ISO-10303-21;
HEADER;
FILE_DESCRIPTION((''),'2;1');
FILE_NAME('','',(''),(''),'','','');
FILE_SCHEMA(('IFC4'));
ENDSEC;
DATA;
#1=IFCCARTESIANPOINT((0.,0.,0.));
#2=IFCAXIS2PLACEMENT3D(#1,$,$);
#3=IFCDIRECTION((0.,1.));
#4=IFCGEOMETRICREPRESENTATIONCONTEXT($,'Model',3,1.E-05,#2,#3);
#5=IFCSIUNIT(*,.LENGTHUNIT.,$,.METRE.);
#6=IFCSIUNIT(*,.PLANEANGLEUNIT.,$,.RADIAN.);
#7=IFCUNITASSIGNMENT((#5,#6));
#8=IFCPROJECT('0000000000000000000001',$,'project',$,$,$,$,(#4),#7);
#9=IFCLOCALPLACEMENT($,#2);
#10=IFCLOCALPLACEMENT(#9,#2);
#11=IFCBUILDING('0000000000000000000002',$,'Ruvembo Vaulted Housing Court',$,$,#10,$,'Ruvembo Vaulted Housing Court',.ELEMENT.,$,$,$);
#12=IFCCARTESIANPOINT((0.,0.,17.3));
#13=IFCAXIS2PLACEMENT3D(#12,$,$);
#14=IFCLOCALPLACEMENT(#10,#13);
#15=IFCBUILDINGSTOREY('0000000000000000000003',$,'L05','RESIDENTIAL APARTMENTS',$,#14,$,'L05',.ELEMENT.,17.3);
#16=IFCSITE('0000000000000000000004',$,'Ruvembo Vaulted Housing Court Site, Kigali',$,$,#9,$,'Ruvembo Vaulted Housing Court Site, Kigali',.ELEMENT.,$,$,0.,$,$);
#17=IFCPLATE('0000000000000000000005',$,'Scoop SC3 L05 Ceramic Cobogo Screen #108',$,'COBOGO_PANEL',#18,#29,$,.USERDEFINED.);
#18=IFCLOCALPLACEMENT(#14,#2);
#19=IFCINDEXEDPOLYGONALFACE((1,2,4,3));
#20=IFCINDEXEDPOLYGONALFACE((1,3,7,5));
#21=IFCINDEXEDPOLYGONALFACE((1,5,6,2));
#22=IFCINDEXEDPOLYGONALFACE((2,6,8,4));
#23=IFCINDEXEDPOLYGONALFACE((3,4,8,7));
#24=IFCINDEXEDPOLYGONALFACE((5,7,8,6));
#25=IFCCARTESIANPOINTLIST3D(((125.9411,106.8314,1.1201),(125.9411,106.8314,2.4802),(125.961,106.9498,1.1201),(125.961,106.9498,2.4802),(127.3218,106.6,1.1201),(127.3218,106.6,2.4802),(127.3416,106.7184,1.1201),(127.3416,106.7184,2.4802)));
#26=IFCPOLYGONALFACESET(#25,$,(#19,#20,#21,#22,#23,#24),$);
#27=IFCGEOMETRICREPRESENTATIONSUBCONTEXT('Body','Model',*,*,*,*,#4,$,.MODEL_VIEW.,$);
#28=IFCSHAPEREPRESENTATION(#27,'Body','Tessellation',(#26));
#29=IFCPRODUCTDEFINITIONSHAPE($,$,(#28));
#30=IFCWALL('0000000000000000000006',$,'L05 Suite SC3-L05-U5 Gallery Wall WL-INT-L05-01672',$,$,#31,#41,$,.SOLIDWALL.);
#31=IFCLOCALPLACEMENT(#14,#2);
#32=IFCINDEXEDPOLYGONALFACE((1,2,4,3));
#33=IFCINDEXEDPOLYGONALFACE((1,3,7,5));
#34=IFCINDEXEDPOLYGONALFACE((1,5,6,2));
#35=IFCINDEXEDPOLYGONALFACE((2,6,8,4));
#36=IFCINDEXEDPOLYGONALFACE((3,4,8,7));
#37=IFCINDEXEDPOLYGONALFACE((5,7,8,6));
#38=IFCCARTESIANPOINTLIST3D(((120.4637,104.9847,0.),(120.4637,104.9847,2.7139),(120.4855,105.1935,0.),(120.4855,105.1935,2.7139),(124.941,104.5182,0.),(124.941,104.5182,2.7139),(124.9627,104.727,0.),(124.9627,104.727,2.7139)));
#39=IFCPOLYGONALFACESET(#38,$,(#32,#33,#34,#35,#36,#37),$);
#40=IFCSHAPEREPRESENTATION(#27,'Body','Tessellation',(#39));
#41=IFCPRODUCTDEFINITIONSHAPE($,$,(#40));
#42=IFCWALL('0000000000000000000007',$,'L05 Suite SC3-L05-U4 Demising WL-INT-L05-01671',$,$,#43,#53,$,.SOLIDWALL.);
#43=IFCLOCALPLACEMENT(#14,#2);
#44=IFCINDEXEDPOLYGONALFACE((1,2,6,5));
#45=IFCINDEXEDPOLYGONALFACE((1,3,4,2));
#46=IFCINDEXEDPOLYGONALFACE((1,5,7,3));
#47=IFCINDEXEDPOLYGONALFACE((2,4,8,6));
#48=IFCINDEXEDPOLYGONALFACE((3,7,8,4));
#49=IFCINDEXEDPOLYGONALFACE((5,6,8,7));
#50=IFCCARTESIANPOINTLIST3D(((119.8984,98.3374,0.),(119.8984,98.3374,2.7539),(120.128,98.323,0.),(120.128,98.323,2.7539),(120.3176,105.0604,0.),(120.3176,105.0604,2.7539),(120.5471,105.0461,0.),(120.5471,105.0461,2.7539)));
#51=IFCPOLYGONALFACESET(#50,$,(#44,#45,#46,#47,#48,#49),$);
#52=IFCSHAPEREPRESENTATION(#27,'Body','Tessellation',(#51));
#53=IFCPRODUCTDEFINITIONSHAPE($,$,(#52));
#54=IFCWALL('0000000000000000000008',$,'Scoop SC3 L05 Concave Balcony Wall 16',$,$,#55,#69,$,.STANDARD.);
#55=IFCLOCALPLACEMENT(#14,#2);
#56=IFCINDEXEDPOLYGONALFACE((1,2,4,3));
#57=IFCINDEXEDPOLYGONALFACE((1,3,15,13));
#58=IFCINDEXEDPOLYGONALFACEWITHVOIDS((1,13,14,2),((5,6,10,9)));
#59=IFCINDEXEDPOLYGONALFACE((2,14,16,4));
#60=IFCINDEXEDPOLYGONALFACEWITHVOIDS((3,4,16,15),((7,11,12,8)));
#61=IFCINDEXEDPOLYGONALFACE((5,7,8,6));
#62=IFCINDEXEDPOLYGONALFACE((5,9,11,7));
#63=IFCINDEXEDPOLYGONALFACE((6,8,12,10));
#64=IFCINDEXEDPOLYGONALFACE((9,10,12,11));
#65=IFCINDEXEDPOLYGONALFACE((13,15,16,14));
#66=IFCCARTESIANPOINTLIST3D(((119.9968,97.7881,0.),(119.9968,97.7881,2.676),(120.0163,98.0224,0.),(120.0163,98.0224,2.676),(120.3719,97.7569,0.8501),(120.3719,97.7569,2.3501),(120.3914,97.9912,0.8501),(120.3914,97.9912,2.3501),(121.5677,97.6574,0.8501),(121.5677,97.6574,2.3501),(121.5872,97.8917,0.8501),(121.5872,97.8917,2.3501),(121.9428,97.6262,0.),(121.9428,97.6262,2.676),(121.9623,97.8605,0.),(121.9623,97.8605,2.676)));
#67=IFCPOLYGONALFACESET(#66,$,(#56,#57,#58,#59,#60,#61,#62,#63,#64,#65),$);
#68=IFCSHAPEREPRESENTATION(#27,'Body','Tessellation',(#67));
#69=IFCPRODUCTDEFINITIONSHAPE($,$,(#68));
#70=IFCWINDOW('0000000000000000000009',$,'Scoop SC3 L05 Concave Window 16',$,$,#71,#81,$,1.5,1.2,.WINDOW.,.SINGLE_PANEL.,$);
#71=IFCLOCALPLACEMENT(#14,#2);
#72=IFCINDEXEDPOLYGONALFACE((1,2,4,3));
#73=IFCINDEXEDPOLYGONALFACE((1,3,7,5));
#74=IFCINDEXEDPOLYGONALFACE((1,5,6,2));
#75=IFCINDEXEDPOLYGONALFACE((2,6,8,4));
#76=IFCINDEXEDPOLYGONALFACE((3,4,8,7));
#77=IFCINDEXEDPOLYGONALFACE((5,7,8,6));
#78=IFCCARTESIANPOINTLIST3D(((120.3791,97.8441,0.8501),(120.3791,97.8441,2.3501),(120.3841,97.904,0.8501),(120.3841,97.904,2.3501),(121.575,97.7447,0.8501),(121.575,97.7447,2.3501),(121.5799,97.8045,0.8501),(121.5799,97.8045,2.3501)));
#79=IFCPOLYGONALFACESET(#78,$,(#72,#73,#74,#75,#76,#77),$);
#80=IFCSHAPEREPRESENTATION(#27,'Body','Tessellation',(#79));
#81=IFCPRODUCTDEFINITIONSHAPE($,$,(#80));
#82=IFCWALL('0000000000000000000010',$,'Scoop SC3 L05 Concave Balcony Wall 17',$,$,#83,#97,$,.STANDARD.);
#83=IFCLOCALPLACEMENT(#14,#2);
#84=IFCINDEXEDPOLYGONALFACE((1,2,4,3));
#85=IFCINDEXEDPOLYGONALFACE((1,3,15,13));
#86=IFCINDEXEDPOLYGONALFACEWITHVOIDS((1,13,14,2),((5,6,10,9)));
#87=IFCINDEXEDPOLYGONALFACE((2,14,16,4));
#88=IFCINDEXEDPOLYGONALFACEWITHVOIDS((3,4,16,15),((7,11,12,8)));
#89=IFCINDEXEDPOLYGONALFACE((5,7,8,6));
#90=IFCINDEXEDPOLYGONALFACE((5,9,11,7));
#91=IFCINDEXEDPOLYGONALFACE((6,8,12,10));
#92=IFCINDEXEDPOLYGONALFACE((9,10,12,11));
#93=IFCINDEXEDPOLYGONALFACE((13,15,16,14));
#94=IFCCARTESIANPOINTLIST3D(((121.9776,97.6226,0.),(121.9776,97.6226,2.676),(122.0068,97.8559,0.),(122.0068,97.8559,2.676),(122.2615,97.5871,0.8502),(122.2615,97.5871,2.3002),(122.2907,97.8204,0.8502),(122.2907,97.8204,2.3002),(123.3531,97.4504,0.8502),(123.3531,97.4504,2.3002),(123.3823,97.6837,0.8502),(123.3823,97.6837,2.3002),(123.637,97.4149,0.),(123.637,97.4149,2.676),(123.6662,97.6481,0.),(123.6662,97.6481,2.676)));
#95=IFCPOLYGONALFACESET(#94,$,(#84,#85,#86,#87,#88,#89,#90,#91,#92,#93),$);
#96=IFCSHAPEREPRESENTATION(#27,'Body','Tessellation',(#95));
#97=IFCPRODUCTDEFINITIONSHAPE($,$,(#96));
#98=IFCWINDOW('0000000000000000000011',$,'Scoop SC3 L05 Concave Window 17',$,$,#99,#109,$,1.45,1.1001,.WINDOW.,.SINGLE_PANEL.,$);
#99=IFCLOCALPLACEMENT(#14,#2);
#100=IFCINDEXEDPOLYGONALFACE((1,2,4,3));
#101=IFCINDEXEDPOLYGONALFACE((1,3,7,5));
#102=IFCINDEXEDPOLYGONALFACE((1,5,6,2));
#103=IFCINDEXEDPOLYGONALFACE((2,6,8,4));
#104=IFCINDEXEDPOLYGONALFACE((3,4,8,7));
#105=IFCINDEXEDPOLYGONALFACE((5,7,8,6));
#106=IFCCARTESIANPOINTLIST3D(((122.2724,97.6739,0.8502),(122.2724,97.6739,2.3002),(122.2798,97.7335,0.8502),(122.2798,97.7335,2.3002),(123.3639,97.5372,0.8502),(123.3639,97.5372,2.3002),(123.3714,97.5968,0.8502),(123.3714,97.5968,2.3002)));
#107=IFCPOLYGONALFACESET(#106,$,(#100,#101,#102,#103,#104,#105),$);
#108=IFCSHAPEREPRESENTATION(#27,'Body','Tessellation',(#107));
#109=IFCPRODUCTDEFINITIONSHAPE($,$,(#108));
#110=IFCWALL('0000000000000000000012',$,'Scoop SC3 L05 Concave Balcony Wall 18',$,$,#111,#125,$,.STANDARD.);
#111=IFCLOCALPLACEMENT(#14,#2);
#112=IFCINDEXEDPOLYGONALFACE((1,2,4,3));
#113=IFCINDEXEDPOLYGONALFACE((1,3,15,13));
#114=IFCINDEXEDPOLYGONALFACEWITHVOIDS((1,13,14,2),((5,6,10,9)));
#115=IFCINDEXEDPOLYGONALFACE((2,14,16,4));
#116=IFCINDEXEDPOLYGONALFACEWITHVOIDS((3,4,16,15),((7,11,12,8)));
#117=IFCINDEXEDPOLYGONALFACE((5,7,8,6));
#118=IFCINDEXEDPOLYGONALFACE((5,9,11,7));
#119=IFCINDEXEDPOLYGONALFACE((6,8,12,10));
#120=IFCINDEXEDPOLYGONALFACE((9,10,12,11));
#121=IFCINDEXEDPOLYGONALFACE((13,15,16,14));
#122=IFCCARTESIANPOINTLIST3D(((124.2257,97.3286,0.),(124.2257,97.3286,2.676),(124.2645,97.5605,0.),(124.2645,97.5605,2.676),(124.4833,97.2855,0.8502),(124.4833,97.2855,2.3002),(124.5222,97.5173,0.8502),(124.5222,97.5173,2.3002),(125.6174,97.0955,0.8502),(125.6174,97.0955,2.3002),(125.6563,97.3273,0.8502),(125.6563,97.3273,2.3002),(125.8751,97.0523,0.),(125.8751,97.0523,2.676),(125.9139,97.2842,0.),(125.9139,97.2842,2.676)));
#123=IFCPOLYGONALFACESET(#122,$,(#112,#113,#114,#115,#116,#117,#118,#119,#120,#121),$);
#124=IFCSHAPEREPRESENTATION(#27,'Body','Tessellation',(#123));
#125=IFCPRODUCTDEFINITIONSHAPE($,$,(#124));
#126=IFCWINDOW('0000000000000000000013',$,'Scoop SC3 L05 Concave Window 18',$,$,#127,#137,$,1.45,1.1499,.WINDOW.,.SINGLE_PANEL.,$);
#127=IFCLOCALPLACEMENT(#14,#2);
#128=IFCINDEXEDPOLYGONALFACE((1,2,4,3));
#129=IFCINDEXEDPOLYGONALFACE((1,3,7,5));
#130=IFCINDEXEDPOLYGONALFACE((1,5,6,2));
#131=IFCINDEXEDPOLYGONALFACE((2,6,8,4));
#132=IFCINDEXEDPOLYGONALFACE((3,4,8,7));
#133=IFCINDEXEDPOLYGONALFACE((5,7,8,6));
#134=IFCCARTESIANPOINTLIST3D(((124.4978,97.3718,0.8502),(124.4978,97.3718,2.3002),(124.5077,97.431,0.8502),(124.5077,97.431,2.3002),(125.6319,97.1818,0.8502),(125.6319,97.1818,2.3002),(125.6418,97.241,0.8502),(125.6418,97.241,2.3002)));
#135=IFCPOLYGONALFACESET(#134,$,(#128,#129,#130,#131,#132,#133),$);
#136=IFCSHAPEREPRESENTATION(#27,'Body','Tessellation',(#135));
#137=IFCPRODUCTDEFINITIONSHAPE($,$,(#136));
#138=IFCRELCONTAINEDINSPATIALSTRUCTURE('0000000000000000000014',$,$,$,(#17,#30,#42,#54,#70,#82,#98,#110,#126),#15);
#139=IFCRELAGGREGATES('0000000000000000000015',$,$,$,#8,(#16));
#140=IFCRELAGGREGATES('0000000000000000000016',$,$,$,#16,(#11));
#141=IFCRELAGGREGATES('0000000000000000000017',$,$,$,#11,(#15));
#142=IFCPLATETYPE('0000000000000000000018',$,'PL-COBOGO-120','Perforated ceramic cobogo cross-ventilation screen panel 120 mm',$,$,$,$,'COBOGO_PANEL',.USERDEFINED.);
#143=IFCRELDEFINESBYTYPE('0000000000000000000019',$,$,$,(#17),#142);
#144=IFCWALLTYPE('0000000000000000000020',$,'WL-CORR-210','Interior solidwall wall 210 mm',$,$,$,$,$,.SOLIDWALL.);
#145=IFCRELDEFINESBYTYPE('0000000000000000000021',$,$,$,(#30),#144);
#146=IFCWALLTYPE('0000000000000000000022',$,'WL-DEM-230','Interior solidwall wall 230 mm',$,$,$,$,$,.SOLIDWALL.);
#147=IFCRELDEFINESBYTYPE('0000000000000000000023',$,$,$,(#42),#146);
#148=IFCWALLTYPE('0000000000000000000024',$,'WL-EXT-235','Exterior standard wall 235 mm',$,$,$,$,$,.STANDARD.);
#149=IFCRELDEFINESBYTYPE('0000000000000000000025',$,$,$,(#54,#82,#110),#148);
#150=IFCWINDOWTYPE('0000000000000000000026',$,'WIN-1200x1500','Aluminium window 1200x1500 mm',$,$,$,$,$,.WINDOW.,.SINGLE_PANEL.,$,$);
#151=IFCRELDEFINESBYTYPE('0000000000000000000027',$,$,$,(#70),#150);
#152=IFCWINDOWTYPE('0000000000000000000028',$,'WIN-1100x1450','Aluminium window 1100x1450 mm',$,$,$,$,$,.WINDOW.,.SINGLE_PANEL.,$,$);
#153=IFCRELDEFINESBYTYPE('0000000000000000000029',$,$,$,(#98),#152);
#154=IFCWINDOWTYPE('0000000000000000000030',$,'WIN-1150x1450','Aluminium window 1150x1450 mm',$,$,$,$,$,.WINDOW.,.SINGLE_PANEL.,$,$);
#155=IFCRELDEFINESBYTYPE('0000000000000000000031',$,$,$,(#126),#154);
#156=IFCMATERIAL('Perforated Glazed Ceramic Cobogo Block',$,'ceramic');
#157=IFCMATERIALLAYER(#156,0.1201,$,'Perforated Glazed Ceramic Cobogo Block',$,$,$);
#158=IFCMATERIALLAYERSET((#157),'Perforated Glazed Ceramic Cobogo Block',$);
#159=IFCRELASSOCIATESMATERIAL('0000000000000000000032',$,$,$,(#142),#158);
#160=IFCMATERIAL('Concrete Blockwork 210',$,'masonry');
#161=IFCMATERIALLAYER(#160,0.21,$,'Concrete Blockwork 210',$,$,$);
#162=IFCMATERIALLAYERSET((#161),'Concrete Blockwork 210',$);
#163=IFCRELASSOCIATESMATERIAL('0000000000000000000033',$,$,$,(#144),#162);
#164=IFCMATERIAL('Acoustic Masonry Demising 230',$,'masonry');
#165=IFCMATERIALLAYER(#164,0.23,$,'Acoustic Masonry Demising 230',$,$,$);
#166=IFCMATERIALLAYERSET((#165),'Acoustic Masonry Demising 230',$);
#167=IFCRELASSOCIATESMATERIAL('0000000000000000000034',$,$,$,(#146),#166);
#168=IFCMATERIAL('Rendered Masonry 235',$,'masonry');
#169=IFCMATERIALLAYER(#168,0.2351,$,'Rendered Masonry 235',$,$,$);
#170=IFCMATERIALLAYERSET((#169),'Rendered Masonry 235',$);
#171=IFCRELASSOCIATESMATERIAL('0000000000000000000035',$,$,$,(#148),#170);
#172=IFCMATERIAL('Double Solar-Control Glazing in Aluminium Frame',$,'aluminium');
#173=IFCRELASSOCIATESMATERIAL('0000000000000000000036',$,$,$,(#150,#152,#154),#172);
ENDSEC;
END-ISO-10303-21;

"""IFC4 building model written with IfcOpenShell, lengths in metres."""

from ifc_helpers import new_model, si_unit, direction, frame, frame_2d, origin, origin_2d, place, context, subcontext, project, spatial, rectangle, extrude, material, layer, layer_set, type_object, element, fill, save


model = new_model("IFC4")

# Units and contexts
model_context = context("Model", 3, precision=1e-05, world=origin(), true_north=direction((0.0, 1.0)))
body_context = subcontext(model_context, "Body", "Model", "MODEL_VIEW")
ifc_project = project(units=[si_unit("LENGTHUNIT", "METRE"), si_unit("PLANEANGLEUNIT", "RADIAN")], contexts=[model_context])

# Site, building, storey
site_placement = place(None, origin())
site = spatial("IfcSite", under=ifc_project, at=site_placement, Name="Ruvembo Vaulted Housing Court Site, Kigali", LongName="Ruvembo Vaulted Housing Court Site, Kigali", CompositionType="ELEMENT", RefElevation=0.0)
building_placement = place(site_placement, origin())
building = spatial("IfcBuilding", under=site, at=building_placement, Name="Ruvembo Vaulted Housing Court", LongName="Ruvembo Vaulted Housing Court", CompositionType="ELEMENT")
storey_placement = place(building_placement, frame((0.0, 0.0, 17.3)))
storey = spatial("IfcBuildingStorey", under=building, at=storey_placement, Name="L05", Description="RESIDENTIAL APARTMENTS", LongName="L05", CompositionType="ELEMENT", Elevation=17.3)

# Plate
ifc_material_1 = material(Name="Perforated Glazed Ceramic Cobogo Block", Category="ceramic")
ifc_layer_1 = layer(ifc_material_1, 0.1201, Name="Perforated Glazed Ceramic Cobogo Block")
ifc_layer_set_1 = layer_set([ifc_layer_1], Name="Perforated Glazed Ceramic Cobogo Block")
plate_type = type_object("IfcPlateType", Name="PL-COBOGO-120", Description="Perforated ceramic cobogo cross-ventilation screen panel 120 mm", ElementType="COBOGO_PANEL", PredefinedType="USERDEFINED", material=ifc_layer_set_1)
plate_placement = place(storey_placement, frame((126.6414, 106.7749, 1.1201), z_axis=(0.0, 0.0, 1.0), x_axis=(0.986245, -0.165289, 0.0)))
element("IfcPlate", 1, at=plate_placement, inside=storey, type_object=plate_type, Name="Scoop SC3 L05 Ceramic Cobogo Screen #108", ObjectType="COBOGO_PANEL", PredefinedType="USERDEFINED", context=body_context, shape_type="SweptSolid", body=[
    extrude(rectangle(XDim=1.3999, YDim=0.1201, at=origin_2d()), origin(), (0.0, 0.0, 1.0), 1.3601),
])

# Wall
ifc_material_2 = material(Name="Concrete Blockwork 210", Category="masonry")
ifc_layer_2 = layer(ifc_material_2, 0.21, Name="Concrete Blockwork 210")
ifc_layer_set_2 = layer_set([ifc_layer_2], Name="Concrete Blockwork 210")
wall_type_1 = type_object("IfcWallType", Name="WL-CORR-210", Description="Interior solidwall wall 210 mm", PredefinedType="SOLIDWALL", material=ifc_layer_set_2)
wall_1_placement = place(storey_placement, frame((120.4746, 105.0891, 0.0), z_axis=(0.0, 0.0, 1.0), x_axis=(0.994615, -0.103643, 0.0)))
element("IfcWall", 2, at=wall_1_placement, inside=storey, type_object=wall_type_1, Name="L05 Suite SC3-L05-U5 Gallery Wall WL-INT-L05-01672", PredefinedType="SOLIDWALL", context=body_context, shape_type="SweptSolid", body=[
    extrude(rectangle(XDim=4.5015, YDim=0.21, at=frame_2d((2.2507, 0.0))), origin(), (0.0, 0.0, 1.0), 2.7139),
])

# Wall
ifc_material_3 = material(Name="Acoustic Masonry Demising 230", Category="masonry")
ifc_layer_3 = layer(ifc_material_3, 0.23, Name="Acoustic Masonry Demising 230")
ifc_layer_set_3 = layer_set([ifc_layer_3], Name="Acoustic Masonry Demising 230")
wall_type_2 = type_object("IfcWallType", Name="WL-DEM-230", Description="Interior solidwall wall 230 mm", PredefinedType="SOLIDWALL", material=ifc_layer_set_3)
wall_2_placement = place(storey_placement, frame((120.0132, 98.3301, 0.0), z_axis=(0.0, 0.0, 1.0), x_axis=(0.062229, 0.998062, 0.0)))
element("IfcWall", 3, at=wall_2_placement, inside=storey, type_object=wall_type_2, Name="L05 Suite SC3-L05-U4 Demising WL-INT-L05-01671", PredefinedType="SOLIDWALL", context=body_context, shape_type="SweptSolid", body=[
    extrude(rectangle(XDim=6.7361, YDim=0.23, at=frame_2d((3.3682, 0.0))), origin(), (0.0, 0.0, 1.0), 2.7539),
])

# Walls, openings, windows
ifc_material_4 = material(Name="Rendered Masonry 235", Category="masonry")
ifc_layer_4 = layer(ifc_material_4, 0.2351, Name="Rendered Masonry 235")
ifc_layer_set_4 = layer_set([ifc_layer_4], Name="Rendered Masonry 235")
wall_type_3 = type_object("IfcWallType", Name="WL-EXT-235", Description="Exterior standard wall 235 mm", PredefinedType="STANDARD", material=ifc_layer_set_4)
wall_3_placement = place(storey_placement, frame((120.0066, 97.9053, 0.0), z_axis=(0.0, 0.0, 1.0), x_axis=(0.996558, -0.082901, 0.0)))
wall_3 = element("IfcWall", 4, at=wall_3_placement, inside=storey, type_object=wall_type_3, Name="Scoop SC3 L05 Concave Balcony Wall 16", PredefinedType="STANDARD", context=body_context, shape_type="SweptSolid", body=[
    extrude(rectangle(XDim=1.9526, YDim=0.2351, at=frame_2d((0.9763, 0.0))), origin(), (0.0, 0.0, 1.0), 2.676),
])
opening_1_placement = place(wall_3_placement, frame((0.3762, 0.0, 0.8501)))
opening_1 = element("IfcOpeningElement", 5, at=opening_1_placement, cuts=wall_3, PredefinedType="OPENING", context=body_context, shape_type="SweptSolid", body=[
    extrude(rectangle(XDim=1.2, YDim=1.5, at=frame_2d((0.6001, 0.75))), frame((0.0, 0.1274, 0.0), z_axis=(0.0, -1.0, 0.0), x_axis=(1.0, 0.0, 0.0)), (0.0, 0.0, 1.0), 0.2551),
])
ifc_material_5 = material(Name="Double Solar-Control Glazing in Aluminium Frame", Category="aluminium")
window_type_1 = type_object("IfcWindowType", Name="WIN-1200x1500", Description="Aluminium window 1200x1500 mm", PartitioningType="SINGLE_PANEL", PredefinedType="WINDOW", material=ifc_material_5)
window_1_placement = place(opening_1_placement, origin())
window_1 = element("IfcWindow", 6, at=window_1_placement, inside=storey, type_object=window_type_1, Name="Scoop SC3 L05 Concave Window 16", OverallHeight=1.5, OverallWidth=1.2, PartitioningType="SINGLE_PANEL", PredefinedType="WINDOW", context=body_context, shape_type="SweptSolid", body=[
    extrude(rectangle(XDim=1.2, YDim=1.5, at=frame_2d((0.6001, 0.75))), frame((0.0, 0.03, 0.0), z_axis=(0.0, -1.0, 0.0), x_axis=(1.0, 0.0, 0.0)), (0.0, 0.0, 1.0), 0.0601),
])
fill(opening_1, window_1)
wall_4_placement = place(storey_placement, frame((121.9922, 97.7393, 0.0), z_axis=(0.0, 0.0, 1.0), x_axis=(0.992253, -0.124232, 0.0)))
wall_4 = element("IfcWall", 7, at=wall_4_placement, inside=storey, type_object=wall_type_3, Name="Scoop SC3 L05 Concave Balcony Wall 17", PredefinedType="STANDARD", context=body_context, shape_type="SweptSolid", body=[
    extrude(rectangle(XDim=1.6724, YDim=0.2351, at=frame_2d((0.8362, 0.0))), origin(), (0.0, 0.0, 1.0), 2.676),
])
opening_2_placement = place(wall_4_placement, frame((0.2861, 0.0, 0.8501)))
opening_2 = element("IfcOpeningElement", 8, at=opening_2_placement, cuts=wall_4, PredefinedType="OPENING", context=body_context, shape_type="SweptSolid", body=[
    extrude(rectangle(XDim=1.1001, YDim=1.45, at=frame_2d((0.55, 0.7251))), frame((0.0, 0.1274, 0.0), z_axis=(0.0, -1.0, 0.0), x_axis=(1.0, 0.0, 0.0)), (0.0, 0.0, 1.0), 0.2551),
])
window_type_2 = type_object("IfcWindowType", Name="WIN-1100x1450", Description="Aluminium window 1100x1450 mm", PartitioningType="SINGLE_PANEL", PredefinedType="WINDOW", material=ifc_material_5)
window_2_placement = place(opening_2_placement, origin())
window_2 = element("IfcWindow", 9, at=window_2_placement, inside=storey, type_object=window_type_2, Name="Scoop SC3 L05 Concave Window 17", OverallHeight=1.45, OverallWidth=1.1001, PartitioningType="SINGLE_PANEL", PredefinedType="WINDOW", context=body_context, shape_type="SweptSolid", body=[
    extrude(rectangle(XDim=1.1001, YDim=1.45, at=frame_2d((0.55, 0.7251))), frame((0.0, 0.03, 0.0), z_axis=(0.0, -1.0, 0.0), x_axis=(1.0, 0.0, 0.0)), (0.0, 0.0, 1.0), 0.0601),
])
fill(opening_2, window_2)
wall_5_placement = place(storey_placement, frame((124.2451, 97.4446, 0.0), z_axis=(0.0, 0.0, 1.0), x_axis=(0.986252, -0.165251, 0.0)))
wall_5 = element("IfcWall", 10, at=wall_5_placement, inside=storey, type_object=wall_type_3, Name="Scoop SC3 L05 Concave Balcony Wall 18", PredefinedType="STANDARD", context=body_context, shape_type="SweptSolid", body=[
    extrude(rectangle(XDim=1.6724, YDim=0.2351, at=frame_2d((0.8362, 0.0))), origin(), (0.0, 0.0, 1.0), 2.676),
])
opening_3_placement = place(wall_5_placement, frame((0.2612, 0.0, 0.8501)))
opening_3 = element("IfcOpeningElement", 11, at=opening_3_placement, cuts=wall_5, PredefinedType="OPENING", context=body_context, shape_type="SweptSolid", body=[
    extrude(rectangle(XDim=1.1499, YDim=1.45, at=frame_2d((0.575, 0.7251))), frame((0.0, 0.1274, 0.0), z_axis=(0.0, -1.0, 0.0), x_axis=(1.0, 0.0, 0.0)), (0.0, 0.0, 1.0), 0.2551),
])
window_type_3 = type_object("IfcWindowType", Name="WIN-1150x1450", Description="Aluminium window 1150x1450 mm", PartitioningType="SINGLE_PANEL", PredefinedType="WINDOW", material=ifc_material_5)
window_3_placement = place(opening_3_placement, origin())
window_3 = element("IfcWindow", 12, at=window_3_placement, inside=storey, type_object=window_type_3, Name="Scoop SC3 L05 Concave Window 18", OverallHeight=1.45, OverallWidth=1.1499, PartitioningType="SINGLE_PANEL", PredefinedType="WINDOW", context=body_context, shape_type="SweptSolid", body=[
    extrude(rectangle(XDim=1.1499, YDim=1.45, at=frame_2d((0.575, 0.7251))), frame((0.0, 0.03, 0.0), z_axis=(0.0, -1.0, 0.0), x_axis=(1.0, 0.0, 0.0)), (0.0, 0.0, 1.0), 0.0601),
])
fill(opening_3, window_3)

save(model, "model.ifc")
